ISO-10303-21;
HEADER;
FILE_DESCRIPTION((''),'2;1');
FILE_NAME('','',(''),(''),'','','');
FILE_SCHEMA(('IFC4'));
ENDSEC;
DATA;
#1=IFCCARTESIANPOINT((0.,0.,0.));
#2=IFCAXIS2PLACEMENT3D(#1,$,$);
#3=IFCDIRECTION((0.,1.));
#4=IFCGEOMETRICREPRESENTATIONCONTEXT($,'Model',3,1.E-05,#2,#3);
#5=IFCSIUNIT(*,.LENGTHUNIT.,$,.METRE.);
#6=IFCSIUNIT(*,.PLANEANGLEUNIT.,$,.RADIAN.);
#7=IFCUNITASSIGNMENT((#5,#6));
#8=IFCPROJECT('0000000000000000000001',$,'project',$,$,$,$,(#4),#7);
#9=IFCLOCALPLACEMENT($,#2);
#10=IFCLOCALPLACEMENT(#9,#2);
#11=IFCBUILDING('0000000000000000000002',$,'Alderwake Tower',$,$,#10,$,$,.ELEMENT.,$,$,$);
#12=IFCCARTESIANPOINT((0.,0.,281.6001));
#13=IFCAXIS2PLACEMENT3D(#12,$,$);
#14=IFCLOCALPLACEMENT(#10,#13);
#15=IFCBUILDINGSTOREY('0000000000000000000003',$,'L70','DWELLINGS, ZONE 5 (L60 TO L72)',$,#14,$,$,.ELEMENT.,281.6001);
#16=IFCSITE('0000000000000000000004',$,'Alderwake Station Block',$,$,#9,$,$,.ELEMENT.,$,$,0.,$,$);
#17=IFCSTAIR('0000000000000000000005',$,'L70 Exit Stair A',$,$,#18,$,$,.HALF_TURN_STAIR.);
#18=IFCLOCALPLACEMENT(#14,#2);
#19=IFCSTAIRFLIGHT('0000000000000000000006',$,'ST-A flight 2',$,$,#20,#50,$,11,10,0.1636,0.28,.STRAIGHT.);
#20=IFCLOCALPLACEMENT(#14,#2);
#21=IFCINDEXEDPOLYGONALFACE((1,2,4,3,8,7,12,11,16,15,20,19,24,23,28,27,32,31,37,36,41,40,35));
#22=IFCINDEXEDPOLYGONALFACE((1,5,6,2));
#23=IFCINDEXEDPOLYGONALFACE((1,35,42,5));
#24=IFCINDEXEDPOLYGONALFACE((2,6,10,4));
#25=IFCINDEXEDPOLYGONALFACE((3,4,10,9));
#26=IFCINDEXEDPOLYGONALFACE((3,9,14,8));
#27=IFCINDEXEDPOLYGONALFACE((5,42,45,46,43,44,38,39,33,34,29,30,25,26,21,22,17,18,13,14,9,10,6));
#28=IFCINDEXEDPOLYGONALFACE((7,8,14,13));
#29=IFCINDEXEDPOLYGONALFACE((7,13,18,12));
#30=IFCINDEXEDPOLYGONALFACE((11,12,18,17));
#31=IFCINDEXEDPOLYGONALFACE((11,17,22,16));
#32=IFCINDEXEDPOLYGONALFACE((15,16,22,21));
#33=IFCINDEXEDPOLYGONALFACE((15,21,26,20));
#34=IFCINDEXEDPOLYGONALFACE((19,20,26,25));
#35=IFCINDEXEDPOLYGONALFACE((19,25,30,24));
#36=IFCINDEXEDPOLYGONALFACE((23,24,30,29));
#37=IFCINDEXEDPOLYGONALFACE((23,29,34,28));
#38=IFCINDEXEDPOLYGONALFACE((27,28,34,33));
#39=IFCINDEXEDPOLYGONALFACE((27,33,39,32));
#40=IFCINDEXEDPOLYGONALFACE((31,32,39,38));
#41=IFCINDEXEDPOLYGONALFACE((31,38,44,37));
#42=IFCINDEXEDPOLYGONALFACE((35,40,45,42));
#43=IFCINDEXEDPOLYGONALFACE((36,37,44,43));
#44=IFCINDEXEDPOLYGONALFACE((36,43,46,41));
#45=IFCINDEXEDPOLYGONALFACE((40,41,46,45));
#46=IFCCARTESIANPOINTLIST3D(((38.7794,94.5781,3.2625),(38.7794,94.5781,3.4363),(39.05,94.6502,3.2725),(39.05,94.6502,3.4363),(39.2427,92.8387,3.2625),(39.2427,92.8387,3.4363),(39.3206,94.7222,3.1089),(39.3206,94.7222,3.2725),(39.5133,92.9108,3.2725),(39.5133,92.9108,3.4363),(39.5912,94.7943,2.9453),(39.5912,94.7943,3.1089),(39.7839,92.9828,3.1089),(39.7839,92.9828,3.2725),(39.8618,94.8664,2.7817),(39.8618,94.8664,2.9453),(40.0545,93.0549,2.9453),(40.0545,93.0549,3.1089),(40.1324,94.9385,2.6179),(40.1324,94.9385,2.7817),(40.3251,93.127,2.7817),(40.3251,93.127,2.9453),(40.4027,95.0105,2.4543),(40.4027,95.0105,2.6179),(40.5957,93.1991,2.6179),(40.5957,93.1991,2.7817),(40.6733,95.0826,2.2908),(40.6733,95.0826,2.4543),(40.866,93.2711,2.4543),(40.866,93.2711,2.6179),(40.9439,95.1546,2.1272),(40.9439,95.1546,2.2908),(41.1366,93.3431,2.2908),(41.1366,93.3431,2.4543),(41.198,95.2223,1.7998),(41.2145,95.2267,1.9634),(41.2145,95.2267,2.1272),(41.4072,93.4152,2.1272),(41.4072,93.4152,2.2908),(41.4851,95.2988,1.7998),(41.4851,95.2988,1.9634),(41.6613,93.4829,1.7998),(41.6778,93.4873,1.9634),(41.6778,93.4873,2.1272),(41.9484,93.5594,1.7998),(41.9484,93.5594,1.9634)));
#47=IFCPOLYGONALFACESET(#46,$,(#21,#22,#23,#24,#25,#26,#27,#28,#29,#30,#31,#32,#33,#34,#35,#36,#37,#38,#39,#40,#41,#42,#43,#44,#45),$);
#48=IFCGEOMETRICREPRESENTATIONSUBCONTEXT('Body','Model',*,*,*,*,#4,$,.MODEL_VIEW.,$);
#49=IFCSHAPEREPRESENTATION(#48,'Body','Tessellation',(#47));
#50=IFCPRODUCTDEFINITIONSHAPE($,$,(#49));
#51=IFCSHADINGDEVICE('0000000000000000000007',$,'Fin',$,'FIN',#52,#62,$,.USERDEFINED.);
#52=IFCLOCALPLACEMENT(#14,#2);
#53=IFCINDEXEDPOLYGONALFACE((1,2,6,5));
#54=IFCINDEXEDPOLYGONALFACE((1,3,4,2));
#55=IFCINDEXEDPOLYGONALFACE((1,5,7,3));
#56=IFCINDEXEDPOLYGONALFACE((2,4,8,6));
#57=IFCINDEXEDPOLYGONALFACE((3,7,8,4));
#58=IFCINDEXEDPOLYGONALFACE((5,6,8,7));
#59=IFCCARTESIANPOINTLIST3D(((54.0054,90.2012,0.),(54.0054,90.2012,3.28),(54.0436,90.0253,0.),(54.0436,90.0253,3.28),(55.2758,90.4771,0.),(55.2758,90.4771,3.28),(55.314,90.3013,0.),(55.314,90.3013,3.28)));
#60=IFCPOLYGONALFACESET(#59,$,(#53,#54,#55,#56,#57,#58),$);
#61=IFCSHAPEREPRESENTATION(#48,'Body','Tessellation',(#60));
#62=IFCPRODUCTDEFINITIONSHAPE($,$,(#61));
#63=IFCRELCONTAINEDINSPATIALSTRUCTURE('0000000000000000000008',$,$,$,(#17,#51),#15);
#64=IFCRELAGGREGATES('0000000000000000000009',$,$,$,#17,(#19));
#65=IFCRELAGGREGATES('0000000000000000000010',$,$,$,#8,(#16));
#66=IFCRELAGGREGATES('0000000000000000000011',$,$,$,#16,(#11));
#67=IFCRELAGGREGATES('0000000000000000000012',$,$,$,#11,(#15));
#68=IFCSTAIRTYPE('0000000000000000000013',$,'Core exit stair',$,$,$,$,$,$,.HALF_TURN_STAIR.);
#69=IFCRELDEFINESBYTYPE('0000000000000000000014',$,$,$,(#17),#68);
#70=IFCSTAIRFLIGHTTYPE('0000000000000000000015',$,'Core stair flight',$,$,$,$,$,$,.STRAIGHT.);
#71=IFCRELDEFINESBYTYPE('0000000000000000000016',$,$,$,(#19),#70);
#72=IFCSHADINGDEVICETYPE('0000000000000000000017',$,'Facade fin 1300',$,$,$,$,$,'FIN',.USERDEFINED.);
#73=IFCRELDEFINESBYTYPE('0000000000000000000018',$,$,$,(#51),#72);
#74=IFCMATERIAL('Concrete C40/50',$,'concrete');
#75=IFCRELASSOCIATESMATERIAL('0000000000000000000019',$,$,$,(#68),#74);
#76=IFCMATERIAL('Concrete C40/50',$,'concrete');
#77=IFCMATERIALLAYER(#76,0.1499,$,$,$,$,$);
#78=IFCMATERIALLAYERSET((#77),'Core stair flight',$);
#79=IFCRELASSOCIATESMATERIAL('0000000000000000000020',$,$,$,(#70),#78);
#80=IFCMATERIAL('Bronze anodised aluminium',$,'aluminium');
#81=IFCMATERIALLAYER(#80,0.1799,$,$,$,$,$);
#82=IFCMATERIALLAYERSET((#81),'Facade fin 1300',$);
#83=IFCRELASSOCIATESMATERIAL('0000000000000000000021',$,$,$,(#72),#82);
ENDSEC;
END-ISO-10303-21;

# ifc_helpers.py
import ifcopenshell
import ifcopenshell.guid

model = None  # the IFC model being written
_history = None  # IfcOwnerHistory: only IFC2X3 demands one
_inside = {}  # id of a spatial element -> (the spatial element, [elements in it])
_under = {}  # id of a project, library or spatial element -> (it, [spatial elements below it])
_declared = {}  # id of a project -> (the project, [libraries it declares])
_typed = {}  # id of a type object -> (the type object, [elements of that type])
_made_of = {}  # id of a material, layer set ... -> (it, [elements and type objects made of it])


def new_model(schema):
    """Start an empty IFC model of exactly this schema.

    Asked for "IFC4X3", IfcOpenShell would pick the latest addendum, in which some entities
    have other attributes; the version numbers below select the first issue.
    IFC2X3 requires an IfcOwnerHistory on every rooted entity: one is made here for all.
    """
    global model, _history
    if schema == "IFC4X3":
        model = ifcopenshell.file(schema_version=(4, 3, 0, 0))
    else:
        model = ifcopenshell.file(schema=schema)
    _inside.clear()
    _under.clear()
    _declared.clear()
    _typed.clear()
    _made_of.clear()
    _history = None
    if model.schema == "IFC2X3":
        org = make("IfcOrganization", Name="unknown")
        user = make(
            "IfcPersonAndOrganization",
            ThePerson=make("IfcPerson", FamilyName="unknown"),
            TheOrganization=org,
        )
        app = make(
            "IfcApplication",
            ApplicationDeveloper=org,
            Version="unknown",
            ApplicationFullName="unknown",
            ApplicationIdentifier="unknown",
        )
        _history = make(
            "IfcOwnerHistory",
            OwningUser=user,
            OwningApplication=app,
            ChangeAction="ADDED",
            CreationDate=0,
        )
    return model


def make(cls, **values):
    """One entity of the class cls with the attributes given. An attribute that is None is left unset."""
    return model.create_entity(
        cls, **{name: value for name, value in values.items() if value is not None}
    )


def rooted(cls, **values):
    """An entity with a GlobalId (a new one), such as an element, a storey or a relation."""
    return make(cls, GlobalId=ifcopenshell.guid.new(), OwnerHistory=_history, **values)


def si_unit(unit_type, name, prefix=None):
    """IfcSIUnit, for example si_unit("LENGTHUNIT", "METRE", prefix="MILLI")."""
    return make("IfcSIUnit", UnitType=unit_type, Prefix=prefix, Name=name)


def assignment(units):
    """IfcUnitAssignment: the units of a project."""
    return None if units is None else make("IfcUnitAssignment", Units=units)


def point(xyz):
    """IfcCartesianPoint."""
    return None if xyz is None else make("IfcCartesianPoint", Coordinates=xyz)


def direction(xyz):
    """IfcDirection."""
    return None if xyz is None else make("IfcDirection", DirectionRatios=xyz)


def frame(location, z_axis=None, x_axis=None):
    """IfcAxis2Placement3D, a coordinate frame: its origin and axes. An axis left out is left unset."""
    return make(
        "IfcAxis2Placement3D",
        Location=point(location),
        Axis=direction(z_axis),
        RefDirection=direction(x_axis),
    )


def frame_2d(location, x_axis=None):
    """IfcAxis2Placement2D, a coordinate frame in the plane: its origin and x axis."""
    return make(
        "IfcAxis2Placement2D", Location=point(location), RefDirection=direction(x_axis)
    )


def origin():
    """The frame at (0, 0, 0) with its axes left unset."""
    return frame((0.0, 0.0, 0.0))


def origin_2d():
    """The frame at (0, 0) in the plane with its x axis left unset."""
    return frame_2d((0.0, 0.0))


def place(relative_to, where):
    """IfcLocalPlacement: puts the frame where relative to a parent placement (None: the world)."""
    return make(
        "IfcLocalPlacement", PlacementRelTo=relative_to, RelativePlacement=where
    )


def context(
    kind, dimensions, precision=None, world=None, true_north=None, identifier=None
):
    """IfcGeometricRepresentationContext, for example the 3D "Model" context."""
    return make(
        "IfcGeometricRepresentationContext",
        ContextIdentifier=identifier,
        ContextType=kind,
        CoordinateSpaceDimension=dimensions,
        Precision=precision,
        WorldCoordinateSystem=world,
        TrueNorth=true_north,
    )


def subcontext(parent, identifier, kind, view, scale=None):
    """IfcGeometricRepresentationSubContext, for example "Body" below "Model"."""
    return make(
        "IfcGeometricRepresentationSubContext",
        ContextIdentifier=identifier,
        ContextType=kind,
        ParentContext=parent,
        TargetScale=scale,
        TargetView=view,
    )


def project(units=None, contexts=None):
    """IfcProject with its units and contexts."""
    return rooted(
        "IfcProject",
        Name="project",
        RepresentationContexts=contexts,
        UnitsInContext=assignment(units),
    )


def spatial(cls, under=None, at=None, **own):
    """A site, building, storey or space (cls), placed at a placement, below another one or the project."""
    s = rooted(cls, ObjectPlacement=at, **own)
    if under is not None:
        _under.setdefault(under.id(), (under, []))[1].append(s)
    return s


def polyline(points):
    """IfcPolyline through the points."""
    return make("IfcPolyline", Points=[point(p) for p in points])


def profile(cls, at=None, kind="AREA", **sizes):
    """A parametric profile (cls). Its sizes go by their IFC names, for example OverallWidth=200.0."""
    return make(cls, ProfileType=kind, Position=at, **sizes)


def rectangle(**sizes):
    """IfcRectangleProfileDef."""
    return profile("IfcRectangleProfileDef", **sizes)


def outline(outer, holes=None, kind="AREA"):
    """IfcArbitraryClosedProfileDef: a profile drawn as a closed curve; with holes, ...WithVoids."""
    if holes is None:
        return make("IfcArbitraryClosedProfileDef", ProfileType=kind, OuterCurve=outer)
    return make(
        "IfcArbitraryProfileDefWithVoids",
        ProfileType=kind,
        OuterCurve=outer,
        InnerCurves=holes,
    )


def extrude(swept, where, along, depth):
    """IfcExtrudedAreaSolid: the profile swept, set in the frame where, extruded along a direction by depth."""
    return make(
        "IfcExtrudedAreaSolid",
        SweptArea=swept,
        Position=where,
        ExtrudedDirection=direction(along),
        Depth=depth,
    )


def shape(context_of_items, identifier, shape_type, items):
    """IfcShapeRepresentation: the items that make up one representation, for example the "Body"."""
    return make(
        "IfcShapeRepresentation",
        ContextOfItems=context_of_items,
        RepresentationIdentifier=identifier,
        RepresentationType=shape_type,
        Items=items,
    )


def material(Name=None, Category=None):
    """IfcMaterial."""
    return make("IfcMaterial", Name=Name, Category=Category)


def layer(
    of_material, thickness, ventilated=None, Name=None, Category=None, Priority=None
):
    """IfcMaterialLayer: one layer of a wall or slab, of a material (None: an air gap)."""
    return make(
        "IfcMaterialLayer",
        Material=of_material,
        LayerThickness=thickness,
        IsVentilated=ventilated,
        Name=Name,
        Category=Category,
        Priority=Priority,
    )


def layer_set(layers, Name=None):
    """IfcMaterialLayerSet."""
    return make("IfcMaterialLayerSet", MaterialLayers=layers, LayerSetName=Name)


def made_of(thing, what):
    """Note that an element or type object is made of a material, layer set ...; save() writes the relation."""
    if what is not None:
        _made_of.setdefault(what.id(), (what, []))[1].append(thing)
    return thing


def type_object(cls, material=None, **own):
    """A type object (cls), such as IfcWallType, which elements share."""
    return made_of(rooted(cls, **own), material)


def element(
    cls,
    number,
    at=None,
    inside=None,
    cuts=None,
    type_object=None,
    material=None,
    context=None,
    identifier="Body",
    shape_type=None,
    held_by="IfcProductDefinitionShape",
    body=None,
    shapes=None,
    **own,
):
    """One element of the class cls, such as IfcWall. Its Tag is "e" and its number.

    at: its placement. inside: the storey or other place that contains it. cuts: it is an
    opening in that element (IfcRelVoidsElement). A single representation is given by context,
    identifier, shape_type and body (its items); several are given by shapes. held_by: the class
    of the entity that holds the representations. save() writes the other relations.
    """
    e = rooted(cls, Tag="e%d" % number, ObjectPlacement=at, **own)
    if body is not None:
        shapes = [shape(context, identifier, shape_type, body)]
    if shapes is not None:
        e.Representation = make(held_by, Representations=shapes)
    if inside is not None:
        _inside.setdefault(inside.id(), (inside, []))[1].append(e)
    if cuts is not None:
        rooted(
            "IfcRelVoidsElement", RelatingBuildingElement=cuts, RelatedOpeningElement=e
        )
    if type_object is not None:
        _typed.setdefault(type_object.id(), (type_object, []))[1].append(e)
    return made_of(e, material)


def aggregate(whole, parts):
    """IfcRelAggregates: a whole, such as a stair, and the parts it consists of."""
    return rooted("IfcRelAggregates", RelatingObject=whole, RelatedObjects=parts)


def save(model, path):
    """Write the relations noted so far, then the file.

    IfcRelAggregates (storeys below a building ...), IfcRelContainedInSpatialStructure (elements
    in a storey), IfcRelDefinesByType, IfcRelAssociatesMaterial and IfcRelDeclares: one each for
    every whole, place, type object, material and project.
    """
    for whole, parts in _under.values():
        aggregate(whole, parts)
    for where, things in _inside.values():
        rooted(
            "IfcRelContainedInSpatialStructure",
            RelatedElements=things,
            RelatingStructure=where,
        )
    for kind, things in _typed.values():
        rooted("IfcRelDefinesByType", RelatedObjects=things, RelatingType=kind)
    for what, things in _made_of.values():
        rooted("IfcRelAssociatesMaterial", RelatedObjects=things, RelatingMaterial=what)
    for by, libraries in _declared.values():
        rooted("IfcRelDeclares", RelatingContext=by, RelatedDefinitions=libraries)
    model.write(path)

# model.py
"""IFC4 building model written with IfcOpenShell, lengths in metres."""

from ifc_helpers import new_model, si_unit, direction, frame, origin, origin_2d, place, context, subcontext, project, spatial, polyline, rectangle, outline, extrude, material, layer, layer_set, type_object, element, aggregate, save


model = new_model("IFC4")

# Units and contexts
model_context = context("Model", 3, precision=1e-05, world=origin(), true_north=direction((0.0, 1.0)))
body_context = subcontext(model_context, "Body", "Model", "MODEL_VIEW")
ifc_project = project(units=[si_unit("LENGTHUNIT", "METRE"), si_unit("PLANEANGLEUNIT", "RADIAN")], contexts=[model_context])

# Site, building, storey
site_placement = place(None, origin())
site = spatial("IfcSite", under=ifc_project, at=site_placement, Name="Alderwake Station Block", CompositionType="ELEMENT", RefElevation=0.0)
building_placement = place(site_placement, origin())
building = spatial("IfcBuilding", under=site, at=building_placement, Name="Alderwake Tower", CompositionType="ELEMENT")
storey_placement = place(building_placement, frame((0.0, 0.0, 281.6001)))
storey = spatial("IfcBuildingStorey", under=building, at=storey_placement, Name="L70", Description="DWELLINGS, ZONE 5 (L60 TO L72)", CompositionType="ELEMENT", Elevation=281.6001)

# Stair, stair flight
ifc_material_1 = material(Name="Concrete C40/50", Category="concrete")
stair_type = type_object("IfcStairType", Name="Core exit stair", PredefinedType="HALF_TURN_STAIR", material=ifc_material_1)
stair_placement = place(storey_placement, origin())
stair = element("IfcStair", 1, at=stair_placement, inside=storey, type_object=stair_type, Name="L70 Exit Stair A", PredefinedType="HALF_TURN_STAIR")
ifc_material_2 = material(Name="Concrete C40/50", Category="concrete")
ifc_layer_1 = layer(ifc_material_2, 0.1499)
ifc_layer_set_1 = layer_set([ifc_layer_1], Name="Core stair flight")
stair_flight_type = type_object("IfcStairFlightType", Name="Core stair flight", PredefinedType="STRAIGHT", material=ifc_layer_set_1)
stair_flight_1_placement = place(storey_placement, frame((41.7168, 94.429, 1.7998), z_axis=(0.0, 0.0, 1.0), x_axis=(-0.96631, -0.257382, 0.0)))
stair_flight_1 = element("IfcStairFlight", 2, at=stair_flight_1_placement, type_object=stair_flight_type, Name="ST-A flight 2", NumberOfRisers=11, NumberOfTreads=10, PredefinedType="STRAIGHT", RiserHeight=0.1636, TreadLength=0.28, context=body_context, shape_type="SweptSolid", body=[
    extrude(outline(polyline([(0.0, 0.0), (0.0, 0.1636), (0.28, 0.1636), (0.28, 0.3274), (0.5601, 0.3274), (0.5601, 0.491), (0.8401, 0.491), (0.8401, 0.6545), (1.1201, 0.6545), (1.1201, 0.8181), (1.3999, 0.8181), (1.3999, 0.9819), (1.6799, 0.9819), (1.6799, 1.1455), (1.96, 1.1455), (1.96, 1.3091), (2.24, 1.3091), (2.24, 1.4727), (2.52, 1.4727), (2.52, 1.6365), (2.8, 1.6365), (2.8, 1.8), (2.8, 1.4626), (0.2971, 0.0), (0.0, 0.0)])), frame((0.0, 0.8999, 0.0), z_axis=(0.0, -1.0, 0.0), x_axis=(1.0, 0.0, 0.0)), (0.0, 0.0, 1.0), 1.8),
])
aggregate(stair, [stair_flight_1])

# Shading device
ifc_material_3 = material(Name="Bronze anodised aluminium", Category="aluminium")
ifc_layer_2 = layer(ifc_material_3, 0.1799)
ifc_layer_set_2 = layer_set([ifc_layer_2], Name="Facade fin 1300")
shading_device_type = type_object("IfcShadingDeviceType", Name="Facade fin 1300", ElementType="FIN", PredefinedType="USERDEFINED", material=ifc_layer_set_2)
shading_device_placement = place(storey_placement, frame((54.6597, 90.2512, 0.0), z_axis=(0.0, 0.0, 1.0), x_axis=(0.97721, 0.212273, 0.0)))
element("IfcShadingDevice", 3, at=shading_device_placement, inside=storey, type_object=shading_device_type, Name="Fin", ObjectType="FIN", PredefinedType="USERDEFINED", context=body_context, shape_type="SweptSolid", body=[
    extrude(rectangle(XDim=1.3, YDim=0.1799, at=origin_2d()), origin(), (0.0, 0.0, 1.0), 3.28),
])

save(model, "model.ifc")
